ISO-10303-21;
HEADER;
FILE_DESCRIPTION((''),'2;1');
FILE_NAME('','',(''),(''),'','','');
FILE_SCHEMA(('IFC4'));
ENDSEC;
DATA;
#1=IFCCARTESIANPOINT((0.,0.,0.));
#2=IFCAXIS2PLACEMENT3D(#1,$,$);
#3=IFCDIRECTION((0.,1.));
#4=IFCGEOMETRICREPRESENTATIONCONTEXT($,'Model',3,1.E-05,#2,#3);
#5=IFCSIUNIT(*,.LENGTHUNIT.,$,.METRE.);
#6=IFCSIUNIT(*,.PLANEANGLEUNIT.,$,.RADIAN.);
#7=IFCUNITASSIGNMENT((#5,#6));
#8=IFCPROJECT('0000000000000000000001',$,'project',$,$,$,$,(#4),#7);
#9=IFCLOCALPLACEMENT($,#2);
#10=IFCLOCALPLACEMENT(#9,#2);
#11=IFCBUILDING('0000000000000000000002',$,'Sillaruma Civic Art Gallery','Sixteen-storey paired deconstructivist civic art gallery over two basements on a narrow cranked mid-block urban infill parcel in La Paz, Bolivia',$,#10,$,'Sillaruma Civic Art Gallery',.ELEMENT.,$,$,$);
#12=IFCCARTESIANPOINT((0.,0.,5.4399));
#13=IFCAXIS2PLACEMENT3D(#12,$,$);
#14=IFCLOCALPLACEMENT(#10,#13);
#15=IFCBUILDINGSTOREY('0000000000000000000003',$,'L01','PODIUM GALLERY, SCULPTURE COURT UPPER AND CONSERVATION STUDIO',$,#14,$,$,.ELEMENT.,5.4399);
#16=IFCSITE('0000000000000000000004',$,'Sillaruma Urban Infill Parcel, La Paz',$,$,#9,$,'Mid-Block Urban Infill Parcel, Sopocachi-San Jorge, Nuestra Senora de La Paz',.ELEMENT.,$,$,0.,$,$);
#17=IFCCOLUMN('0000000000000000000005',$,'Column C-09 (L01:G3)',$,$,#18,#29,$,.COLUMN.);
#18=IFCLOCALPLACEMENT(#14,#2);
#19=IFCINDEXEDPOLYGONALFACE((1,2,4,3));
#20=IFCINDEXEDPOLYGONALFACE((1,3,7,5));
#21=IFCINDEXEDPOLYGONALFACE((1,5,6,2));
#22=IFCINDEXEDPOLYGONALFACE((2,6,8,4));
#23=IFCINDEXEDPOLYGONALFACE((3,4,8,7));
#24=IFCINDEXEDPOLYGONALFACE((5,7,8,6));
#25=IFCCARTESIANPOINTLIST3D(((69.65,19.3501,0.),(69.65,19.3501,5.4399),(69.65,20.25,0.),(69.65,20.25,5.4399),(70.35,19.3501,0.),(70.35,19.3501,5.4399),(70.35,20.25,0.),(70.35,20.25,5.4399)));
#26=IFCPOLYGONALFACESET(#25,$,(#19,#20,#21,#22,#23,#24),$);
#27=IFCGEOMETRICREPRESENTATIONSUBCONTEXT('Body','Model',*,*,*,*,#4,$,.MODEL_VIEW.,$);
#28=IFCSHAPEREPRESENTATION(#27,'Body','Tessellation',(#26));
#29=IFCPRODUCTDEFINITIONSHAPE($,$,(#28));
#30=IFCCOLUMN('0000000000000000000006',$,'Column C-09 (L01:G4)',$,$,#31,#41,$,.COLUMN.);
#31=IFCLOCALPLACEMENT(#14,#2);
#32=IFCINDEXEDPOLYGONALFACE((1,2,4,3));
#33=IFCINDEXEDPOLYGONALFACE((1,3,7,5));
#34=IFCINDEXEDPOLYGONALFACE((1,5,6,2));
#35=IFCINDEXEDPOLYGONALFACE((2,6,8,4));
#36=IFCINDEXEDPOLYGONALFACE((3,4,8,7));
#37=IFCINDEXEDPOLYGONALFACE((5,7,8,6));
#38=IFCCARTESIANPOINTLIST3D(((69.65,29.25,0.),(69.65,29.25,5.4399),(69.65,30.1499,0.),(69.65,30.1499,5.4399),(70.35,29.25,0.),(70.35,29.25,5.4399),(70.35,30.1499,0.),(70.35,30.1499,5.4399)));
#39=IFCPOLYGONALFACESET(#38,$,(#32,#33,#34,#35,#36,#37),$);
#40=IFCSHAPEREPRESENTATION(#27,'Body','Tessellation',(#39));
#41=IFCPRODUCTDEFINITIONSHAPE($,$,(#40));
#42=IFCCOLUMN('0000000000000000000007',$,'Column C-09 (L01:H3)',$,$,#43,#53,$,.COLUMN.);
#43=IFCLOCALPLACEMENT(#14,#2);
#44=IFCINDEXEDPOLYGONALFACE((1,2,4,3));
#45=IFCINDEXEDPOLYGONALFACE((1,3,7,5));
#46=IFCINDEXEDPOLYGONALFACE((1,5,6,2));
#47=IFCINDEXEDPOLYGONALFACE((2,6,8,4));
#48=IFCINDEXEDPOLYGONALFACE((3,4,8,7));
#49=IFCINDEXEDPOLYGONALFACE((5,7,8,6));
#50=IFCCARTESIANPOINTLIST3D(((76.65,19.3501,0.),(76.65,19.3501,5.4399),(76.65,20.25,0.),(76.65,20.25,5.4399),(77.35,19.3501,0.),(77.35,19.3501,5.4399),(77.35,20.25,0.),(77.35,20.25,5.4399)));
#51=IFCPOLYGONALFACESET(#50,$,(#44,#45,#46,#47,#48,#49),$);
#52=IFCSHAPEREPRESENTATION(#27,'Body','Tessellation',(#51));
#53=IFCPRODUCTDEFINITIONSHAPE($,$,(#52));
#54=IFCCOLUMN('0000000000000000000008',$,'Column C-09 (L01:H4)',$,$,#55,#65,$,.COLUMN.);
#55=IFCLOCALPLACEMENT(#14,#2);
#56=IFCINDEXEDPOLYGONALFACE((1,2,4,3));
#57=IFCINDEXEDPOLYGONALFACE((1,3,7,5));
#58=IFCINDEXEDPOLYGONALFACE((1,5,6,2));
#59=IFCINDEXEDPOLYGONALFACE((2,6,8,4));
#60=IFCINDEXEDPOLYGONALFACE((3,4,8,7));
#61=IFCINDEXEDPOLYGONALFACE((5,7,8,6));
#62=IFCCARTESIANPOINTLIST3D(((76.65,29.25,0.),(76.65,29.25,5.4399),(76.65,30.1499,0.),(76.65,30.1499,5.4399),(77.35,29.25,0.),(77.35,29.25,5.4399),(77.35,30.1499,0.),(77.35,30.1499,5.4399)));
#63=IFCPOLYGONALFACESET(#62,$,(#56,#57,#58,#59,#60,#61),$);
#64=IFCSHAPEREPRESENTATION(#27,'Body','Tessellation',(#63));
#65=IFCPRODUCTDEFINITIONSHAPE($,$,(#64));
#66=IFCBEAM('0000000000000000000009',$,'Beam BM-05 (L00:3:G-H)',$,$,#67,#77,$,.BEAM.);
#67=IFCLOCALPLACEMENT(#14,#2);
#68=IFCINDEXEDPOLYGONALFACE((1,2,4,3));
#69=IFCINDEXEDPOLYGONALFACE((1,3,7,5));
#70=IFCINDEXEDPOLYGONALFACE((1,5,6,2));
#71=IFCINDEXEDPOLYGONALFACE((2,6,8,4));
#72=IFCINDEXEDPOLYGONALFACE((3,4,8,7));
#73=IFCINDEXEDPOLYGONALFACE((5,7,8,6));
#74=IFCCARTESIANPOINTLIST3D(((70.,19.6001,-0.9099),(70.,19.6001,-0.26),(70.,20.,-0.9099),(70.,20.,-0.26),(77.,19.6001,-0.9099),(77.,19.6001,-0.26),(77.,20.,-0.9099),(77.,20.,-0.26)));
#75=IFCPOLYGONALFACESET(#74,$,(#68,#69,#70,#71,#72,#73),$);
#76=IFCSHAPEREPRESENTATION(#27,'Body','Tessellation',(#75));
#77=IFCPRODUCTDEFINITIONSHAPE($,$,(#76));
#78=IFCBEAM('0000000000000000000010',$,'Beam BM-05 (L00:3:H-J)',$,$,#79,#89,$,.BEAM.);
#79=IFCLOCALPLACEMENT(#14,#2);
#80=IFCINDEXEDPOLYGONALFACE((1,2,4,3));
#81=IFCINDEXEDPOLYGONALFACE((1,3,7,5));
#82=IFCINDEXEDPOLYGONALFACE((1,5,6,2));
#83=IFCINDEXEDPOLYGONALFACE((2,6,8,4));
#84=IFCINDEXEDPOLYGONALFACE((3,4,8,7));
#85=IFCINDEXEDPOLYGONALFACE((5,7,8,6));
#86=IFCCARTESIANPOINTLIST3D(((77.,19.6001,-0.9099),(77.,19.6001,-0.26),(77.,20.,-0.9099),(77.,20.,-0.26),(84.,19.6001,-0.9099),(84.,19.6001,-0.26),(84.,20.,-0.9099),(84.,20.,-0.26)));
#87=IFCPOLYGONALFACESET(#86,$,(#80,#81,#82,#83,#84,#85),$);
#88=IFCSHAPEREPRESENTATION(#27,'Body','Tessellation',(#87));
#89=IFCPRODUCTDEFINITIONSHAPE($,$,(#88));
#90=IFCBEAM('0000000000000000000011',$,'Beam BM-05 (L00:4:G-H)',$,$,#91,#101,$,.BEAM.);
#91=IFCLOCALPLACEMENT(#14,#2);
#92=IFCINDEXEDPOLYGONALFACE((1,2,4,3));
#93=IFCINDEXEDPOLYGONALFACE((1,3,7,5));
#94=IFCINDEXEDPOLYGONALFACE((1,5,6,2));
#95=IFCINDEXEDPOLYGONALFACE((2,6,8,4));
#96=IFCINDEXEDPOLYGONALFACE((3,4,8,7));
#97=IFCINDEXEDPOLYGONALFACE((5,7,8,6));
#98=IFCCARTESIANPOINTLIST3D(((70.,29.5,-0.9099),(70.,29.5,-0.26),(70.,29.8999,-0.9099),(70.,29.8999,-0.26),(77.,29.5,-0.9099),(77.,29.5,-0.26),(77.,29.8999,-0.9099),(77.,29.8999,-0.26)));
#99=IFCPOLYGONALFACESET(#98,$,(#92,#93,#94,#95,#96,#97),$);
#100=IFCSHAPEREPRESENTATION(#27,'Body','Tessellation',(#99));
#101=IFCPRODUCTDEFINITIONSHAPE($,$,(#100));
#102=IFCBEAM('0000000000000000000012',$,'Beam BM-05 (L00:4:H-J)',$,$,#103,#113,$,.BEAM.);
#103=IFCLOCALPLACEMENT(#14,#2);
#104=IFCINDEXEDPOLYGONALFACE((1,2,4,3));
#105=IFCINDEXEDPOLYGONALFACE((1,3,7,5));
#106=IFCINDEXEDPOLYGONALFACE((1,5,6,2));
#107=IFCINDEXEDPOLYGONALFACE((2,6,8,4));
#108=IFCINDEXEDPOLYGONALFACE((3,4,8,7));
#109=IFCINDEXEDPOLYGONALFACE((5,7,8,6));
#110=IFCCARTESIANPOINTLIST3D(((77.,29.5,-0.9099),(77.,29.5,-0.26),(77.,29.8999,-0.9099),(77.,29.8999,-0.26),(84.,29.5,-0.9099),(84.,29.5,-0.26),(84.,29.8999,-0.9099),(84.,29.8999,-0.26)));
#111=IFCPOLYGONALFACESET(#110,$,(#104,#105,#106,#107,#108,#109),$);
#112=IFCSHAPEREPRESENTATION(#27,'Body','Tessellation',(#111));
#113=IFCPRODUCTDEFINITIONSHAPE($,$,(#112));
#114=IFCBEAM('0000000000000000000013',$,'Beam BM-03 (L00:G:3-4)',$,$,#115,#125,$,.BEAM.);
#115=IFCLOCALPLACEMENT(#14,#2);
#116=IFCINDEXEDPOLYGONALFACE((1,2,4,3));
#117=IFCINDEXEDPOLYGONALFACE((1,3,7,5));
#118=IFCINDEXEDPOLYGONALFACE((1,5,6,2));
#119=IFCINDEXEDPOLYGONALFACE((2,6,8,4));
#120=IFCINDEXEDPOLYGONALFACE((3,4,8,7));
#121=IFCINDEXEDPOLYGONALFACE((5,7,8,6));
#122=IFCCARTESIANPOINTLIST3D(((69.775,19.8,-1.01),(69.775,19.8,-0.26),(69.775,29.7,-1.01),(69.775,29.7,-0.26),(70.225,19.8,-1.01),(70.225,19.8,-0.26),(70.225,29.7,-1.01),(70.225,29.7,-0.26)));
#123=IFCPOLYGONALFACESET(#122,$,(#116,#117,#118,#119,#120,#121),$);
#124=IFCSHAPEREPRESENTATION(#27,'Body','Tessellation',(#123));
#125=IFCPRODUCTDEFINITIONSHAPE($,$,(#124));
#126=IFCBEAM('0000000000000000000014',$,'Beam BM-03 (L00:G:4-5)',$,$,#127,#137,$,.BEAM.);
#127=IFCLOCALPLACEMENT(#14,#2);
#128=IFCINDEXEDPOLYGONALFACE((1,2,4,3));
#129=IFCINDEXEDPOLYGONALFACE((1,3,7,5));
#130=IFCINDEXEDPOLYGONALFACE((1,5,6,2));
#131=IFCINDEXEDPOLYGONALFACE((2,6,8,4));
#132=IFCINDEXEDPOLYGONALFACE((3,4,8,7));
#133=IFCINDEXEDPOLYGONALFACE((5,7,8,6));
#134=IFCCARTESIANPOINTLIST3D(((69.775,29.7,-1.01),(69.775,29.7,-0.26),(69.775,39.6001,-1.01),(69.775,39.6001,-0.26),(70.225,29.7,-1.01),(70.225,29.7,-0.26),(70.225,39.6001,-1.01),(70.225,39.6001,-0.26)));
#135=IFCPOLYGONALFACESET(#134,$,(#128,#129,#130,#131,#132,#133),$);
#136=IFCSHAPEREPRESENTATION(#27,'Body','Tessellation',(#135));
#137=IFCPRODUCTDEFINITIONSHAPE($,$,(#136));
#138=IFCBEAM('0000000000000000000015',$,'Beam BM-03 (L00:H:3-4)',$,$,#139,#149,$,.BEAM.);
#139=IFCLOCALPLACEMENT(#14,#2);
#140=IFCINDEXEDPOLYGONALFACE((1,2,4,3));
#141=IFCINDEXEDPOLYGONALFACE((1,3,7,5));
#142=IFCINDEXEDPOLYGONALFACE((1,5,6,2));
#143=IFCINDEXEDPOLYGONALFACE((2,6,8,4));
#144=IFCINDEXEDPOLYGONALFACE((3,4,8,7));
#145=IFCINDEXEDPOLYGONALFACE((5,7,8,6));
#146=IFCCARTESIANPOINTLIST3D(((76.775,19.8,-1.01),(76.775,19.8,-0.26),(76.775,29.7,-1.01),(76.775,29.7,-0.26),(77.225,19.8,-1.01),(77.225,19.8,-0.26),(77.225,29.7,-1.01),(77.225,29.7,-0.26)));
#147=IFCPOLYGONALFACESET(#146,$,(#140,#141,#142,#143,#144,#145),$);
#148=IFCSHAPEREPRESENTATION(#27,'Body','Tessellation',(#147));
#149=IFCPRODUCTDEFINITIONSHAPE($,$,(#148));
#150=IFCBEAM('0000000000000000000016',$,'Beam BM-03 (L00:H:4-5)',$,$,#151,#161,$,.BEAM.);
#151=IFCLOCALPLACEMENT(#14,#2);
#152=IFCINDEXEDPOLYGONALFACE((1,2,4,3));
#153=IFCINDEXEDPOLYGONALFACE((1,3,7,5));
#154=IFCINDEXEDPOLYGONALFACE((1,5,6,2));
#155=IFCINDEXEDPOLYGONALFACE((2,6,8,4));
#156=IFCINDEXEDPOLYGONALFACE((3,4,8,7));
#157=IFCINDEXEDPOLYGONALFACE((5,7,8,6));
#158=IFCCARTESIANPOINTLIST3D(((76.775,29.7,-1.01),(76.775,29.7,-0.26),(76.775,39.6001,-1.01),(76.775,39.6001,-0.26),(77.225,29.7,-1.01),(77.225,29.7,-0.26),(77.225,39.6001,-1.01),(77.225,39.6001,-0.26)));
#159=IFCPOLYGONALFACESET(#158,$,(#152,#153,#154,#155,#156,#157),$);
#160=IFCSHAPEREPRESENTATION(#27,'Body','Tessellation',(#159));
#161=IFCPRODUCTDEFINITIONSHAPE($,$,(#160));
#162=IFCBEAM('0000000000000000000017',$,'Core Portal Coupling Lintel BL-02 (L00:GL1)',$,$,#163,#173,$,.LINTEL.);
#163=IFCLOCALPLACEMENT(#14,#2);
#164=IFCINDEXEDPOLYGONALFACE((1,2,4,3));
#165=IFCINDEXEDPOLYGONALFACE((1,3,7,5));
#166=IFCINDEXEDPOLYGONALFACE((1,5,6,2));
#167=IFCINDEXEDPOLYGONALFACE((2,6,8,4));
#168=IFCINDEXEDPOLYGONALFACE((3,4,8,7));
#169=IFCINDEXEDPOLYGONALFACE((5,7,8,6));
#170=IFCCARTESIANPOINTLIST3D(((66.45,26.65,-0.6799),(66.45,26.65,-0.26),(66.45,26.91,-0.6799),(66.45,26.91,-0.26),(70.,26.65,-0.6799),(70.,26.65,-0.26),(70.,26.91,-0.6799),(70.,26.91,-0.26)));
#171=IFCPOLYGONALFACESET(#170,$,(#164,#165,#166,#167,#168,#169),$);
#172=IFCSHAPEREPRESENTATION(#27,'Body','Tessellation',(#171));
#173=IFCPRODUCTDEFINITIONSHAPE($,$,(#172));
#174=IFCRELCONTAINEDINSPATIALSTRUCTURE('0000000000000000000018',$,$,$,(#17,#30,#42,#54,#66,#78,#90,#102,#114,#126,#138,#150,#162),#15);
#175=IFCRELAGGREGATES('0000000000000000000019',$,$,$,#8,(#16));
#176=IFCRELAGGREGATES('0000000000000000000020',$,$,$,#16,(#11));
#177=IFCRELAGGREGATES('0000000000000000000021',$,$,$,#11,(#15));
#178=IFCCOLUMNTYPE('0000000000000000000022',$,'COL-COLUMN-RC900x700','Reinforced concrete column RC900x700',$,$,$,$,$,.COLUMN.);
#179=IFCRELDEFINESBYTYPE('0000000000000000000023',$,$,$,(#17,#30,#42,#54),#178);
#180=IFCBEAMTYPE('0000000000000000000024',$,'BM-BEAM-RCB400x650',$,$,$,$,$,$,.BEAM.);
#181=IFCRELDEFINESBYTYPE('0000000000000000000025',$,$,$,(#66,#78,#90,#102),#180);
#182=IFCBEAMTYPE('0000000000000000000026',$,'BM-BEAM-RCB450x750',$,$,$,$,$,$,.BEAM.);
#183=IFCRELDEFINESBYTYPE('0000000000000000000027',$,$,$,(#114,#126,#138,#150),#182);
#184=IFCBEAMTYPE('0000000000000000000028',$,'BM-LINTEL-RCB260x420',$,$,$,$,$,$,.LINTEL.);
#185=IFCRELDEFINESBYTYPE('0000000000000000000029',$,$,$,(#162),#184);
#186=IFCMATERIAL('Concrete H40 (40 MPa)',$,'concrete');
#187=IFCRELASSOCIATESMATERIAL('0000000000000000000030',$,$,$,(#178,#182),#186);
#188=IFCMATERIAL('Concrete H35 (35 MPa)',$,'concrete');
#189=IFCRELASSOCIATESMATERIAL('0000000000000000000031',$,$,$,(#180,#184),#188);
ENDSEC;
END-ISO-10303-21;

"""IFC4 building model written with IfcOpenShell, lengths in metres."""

from ifc_helpers import new_model, si_unit, direction, frame, origin, origin_2d, place, context, subcontext, project, spatial, rectangle, extrude, material, material_profile, profile_set, type_object, element, save


model = new_model("IFC4")

# Units and contexts
model_context = context("Model", 3, precision=1e-05, world=origin(), true_north=direction((0.0, 1.0)))
body_context = subcontext(model_context, "Body", "Model", "MODEL_VIEW")
ifc_project = project(units=[si_unit("LENGTHUNIT", "METRE"), si_unit("PLANEANGLEUNIT", "RADIAN")], contexts=[model_context])

# Site, building, storey
site_placement = place(None, origin())
site = spatial("IfcSite", under=ifc_project, at=site_placement, Name="Sillaruma Urban Infill Parcel, La Paz", LongName="Mid-Block Urban Infill Parcel, Sopocachi-San Jorge, Nuestra Senora de La Paz", CompositionType="ELEMENT", RefElevation=0.0)
building_placement = place(site_placement, origin())
building = spatial("IfcBuilding", under=site, at=building_placement, Name="Sillaruma Civic Art Gallery", Description="Sixteen-storey paired deconstructivist civic art gallery over two basements on a narrow cranked mid-block urban infill parcel in La Paz, Bolivia", LongName="Sillaruma Civic Art Gallery", CompositionType="ELEMENT")
storey_placement = place(building_placement, frame((0.0, 0.0, 5.4399)))
storey = spatial("IfcBuildingStorey", under=building, at=storey_placement, Name="L01", Description="PODIUM GALLERY, SCULPTURE COURT UPPER AND CONSERVATION STUDIO", CompositionType="ELEMENT", Elevation=5.4399)

# Columns
ifc_material_1 = material(Name="Concrete H40 (40 MPa)", Category="concrete")
ifc_material_profile_1 = material_profile(ifc_material_1, rectangle(XDim=0.7, YDim=0.8999, at=origin_2d()), Name="RC900x700")
ifc_profile_set_1 = profile_set([ifc_material_profile_1], Name="Concrete H40 (40 MPa)")
column_type = type_object("IfcColumnType", Name="COL-COLUMN-RC900x700", Description="Reinforced concrete column RC900x700", PredefinedType="COLUMN", material=ifc_profile_set_1)
for number, where, z_axis, x_axis, name in (
    (1, (70.0, 19.8, 0.0), (0.0, 0.0, 1.0), (1.0, 0.0, 0.0), "Column C-09 (L01:G3)"),
    (2, (70.0, 29.7, 0.0), (0.0, 0.0, 1.0), (1.0, 0.0, 0.0), "Column C-09 (L01:G4)"),
    (3, (77.0, 19.8, 0.0), (0.0, 0.0, 1.0), (1.0, 0.0, 0.0), "Column C-09 (L01:H3)"),
    (4, (77.0, 29.7, 0.0), (0.0, 0.0, 1.0), (1.0, 0.0, 0.0), "Column C-09 (L01:H4)"),
):
    element("IfcColumn", number, at=place(storey_placement, frame(where, z_axis=z_axis, x_axis=x_axis)), inside=storey, type_object=column_type, Name=name, PredefinedType="COLUMN", context=body_context, shape_type="SweptSolid", body=[
        extrude(rectangle(XDim=0.7, YDim=0.8999, at=origin_2d()), origin(), (0.0, 0.0, 1.0), 5.4399),
    ])

# Beams
ifc_material_2 = material(Name="Concrete H35 (35 MPa)", Category="concrete")
ifc_material_profile_2 = material_profile(ifc_material_2, rectangle(XDim=0.3999, YDim=0.6499, at=origin_2d()), Name="RCB400x650")
ifc_profile_set_2 = profile_set([ifc_material_profile_2], Name="Concrete H35 (35 MPa)")
beam_type_1 = type_object("IfcBeamType", Name="BM-BEAM-RCB400x650", PredefinedType="BEAM", material=ifc_profile_set_2)
for number, where, z_axis, x_axis, name in (
    (5, (70.0, 19.8, -0.585), (1.0, 0.0, 0.0), (0.0, 1.0, 0.0), "Beam BM-05 (L00:3:G-H)"),
    (6, (77.0, 19.8, -0.585), (1.0, 0.0, 0.0), (0.0, 1.0, 0.0), "Beam BM-05 (L00:3:H-J)"),
    (7, (70.0, 29.7, -0.585), (1.0, 0.0, 0.0), (0.0, 1.0, 0.0), "Beam BM-05 (L00:4:G-H)"),
    (8, (77.0, 29.7, -0.585), (1.0, 0.0, 0.0), (0.0, 1.0, 0.0), "Beam BM-05 (L00:4:H-J)"),
):
    element("IfcBeam", number, at=place(storey_placement, frame(where, z_axis=z_axis, x_axis=x_axis)), inside=storey, type_object=beam_type_1, Name=name, PredefinedType="BEAM", context=body_context, shape_type="SweptSolid", body=[
        extrude(rectangle(XDim=0.3999, YDim=0.6499, at=origin_2d()), origin(), (0.0, 0.0, 1.0), 7.0),
    ])
ifc_material_profile_3 = material_profile(ifc_material_1, rectangle(XDim=0.45, YDim=0.75, at=origin_2d()), Name="RCB450x750")
ifc_profile_set_3 = profile_set([ifc_material_profile_3], Name="Concrete H40 (40 MPa)")
beam_type_2 = type_object("IfcBeamType", Name="BM-BEAM-RCB450x750", PredefinedType="BEAM", material=ifc_profile_set_3)
beam_1_placement = place(storey_placement, frame((70.0, 19.8, -0.635), z_axis=(0.0, 1.0, 0.0), x_axis=(-1.0, 0.0, 0.0)))
element("IfcBeam", 9, at=beam_1_placement, inside=storey, type_object=beam_type_2, Name="Beam BM-03 (L00:G:3-4)", PredefinedType="BEAM", context=body_context, shape_type="SweptSolid", body=[
    extrude(rectangle(XDim=0.45, YDim=0.75, at=origin_2d()), origin(), (0.0, 0.0, 1.0), 9.8999),
])
beam_2_placement = place(storey_placement, frame((70.0, 29.7, -0.635), z_axis=(0.0, 1.0, 0.0), x_axis=(-1.0, 0.0, 0.0)))
element("IfcBeam", 10, at=beam_2_placement, inside=storey, type_object=beam_type_2, Name="Beam BM-03 (L00:G:4-5)", PredefinedType="BEAM", context=body_context, shape_type="SweptSolid", body=[
    extrude(rectangle(XDim=0.45, YDim=0.75, at=origin_2d()), origin(), (0.0, 0.0, 1.0), 9.9001),
])
beam_3_placement = place(storey_placement, frame((77.0, 19.8, -0.635), z_axis=(0.0, 1.0, 0.0), x_axis=(-1.0, 0.0, 0.0)))
element("IfcBeam", 11, at=beam_3_placement, inside=storey, type_object=beam_type_2, Name="Beam BM-03 (L00:H:3-4)", PredefinedType="BEAM", context=body_context, shape_type="SweptSolid", body=[
    extrude(rectangle(XDim=0.45, YDim=0.75, at=origin_2d()), origin(), (0.0, 0.0, 1.0), 9.8999),
])
beam_4_placement = place(storey_placement, frame((77.0, 29.7, -0.635), z_axis=(0.0, 1.0, 0.0), x_axis=(-1.0, 0.0, 0.0)))
element("IfcBeam", 12, at=beam_4_placement, inside=storey, type_object=beam_type_2, Name="Beam BM-03 (L00:H:4-5)", PredefinedType="BEAM", context=body_context, shape_type="SweptSolid", body=[
    extrude(rectangle(XDim=0.45, YDim=0.75, at=origin_2d()), origin(), (0.0, 0.0, 1.0), 9.9001),
])
ifc_material_profile_4 = material_profile(ifc_material_2, rectangle(XDim=0.26, YDim=0.4199, at=origin_2d()), Name="RCB260x420")
ifc_profile_set_4 = profile_set([ifc_material_profile_4], Name="Concrete H35 (35 MPa)")
beam_type_3 = type_object("IfcBeamType", Name="BM-LINTEL-RCB260x420", PredefinedType="LINTEL", material=ifc_profile_set_4)
beam_5_placement = place(storey_placement, frame((66.45, 26.78, -0.47), z_axis=(1.0, 0.0, 0.0), x_axis=(0.0, 1.0, 0.0)))
element("IfcBeam", 13, at=beam_5_placement, inside=storey, type_object=beam_type_3, Name="Core Portal Coupling Lintel BL-02 (L00:GL1)", PredefinedType="LINTEL", context=body_context, shape_type="SweptSolid", body=[
    extrude(rectangle(XDim=0.26, YDim=0.4199, at=origin_2d()), origin(), (0.0, 0.0, 1.0), 3.55),
])

save(model, "model.ifc")
